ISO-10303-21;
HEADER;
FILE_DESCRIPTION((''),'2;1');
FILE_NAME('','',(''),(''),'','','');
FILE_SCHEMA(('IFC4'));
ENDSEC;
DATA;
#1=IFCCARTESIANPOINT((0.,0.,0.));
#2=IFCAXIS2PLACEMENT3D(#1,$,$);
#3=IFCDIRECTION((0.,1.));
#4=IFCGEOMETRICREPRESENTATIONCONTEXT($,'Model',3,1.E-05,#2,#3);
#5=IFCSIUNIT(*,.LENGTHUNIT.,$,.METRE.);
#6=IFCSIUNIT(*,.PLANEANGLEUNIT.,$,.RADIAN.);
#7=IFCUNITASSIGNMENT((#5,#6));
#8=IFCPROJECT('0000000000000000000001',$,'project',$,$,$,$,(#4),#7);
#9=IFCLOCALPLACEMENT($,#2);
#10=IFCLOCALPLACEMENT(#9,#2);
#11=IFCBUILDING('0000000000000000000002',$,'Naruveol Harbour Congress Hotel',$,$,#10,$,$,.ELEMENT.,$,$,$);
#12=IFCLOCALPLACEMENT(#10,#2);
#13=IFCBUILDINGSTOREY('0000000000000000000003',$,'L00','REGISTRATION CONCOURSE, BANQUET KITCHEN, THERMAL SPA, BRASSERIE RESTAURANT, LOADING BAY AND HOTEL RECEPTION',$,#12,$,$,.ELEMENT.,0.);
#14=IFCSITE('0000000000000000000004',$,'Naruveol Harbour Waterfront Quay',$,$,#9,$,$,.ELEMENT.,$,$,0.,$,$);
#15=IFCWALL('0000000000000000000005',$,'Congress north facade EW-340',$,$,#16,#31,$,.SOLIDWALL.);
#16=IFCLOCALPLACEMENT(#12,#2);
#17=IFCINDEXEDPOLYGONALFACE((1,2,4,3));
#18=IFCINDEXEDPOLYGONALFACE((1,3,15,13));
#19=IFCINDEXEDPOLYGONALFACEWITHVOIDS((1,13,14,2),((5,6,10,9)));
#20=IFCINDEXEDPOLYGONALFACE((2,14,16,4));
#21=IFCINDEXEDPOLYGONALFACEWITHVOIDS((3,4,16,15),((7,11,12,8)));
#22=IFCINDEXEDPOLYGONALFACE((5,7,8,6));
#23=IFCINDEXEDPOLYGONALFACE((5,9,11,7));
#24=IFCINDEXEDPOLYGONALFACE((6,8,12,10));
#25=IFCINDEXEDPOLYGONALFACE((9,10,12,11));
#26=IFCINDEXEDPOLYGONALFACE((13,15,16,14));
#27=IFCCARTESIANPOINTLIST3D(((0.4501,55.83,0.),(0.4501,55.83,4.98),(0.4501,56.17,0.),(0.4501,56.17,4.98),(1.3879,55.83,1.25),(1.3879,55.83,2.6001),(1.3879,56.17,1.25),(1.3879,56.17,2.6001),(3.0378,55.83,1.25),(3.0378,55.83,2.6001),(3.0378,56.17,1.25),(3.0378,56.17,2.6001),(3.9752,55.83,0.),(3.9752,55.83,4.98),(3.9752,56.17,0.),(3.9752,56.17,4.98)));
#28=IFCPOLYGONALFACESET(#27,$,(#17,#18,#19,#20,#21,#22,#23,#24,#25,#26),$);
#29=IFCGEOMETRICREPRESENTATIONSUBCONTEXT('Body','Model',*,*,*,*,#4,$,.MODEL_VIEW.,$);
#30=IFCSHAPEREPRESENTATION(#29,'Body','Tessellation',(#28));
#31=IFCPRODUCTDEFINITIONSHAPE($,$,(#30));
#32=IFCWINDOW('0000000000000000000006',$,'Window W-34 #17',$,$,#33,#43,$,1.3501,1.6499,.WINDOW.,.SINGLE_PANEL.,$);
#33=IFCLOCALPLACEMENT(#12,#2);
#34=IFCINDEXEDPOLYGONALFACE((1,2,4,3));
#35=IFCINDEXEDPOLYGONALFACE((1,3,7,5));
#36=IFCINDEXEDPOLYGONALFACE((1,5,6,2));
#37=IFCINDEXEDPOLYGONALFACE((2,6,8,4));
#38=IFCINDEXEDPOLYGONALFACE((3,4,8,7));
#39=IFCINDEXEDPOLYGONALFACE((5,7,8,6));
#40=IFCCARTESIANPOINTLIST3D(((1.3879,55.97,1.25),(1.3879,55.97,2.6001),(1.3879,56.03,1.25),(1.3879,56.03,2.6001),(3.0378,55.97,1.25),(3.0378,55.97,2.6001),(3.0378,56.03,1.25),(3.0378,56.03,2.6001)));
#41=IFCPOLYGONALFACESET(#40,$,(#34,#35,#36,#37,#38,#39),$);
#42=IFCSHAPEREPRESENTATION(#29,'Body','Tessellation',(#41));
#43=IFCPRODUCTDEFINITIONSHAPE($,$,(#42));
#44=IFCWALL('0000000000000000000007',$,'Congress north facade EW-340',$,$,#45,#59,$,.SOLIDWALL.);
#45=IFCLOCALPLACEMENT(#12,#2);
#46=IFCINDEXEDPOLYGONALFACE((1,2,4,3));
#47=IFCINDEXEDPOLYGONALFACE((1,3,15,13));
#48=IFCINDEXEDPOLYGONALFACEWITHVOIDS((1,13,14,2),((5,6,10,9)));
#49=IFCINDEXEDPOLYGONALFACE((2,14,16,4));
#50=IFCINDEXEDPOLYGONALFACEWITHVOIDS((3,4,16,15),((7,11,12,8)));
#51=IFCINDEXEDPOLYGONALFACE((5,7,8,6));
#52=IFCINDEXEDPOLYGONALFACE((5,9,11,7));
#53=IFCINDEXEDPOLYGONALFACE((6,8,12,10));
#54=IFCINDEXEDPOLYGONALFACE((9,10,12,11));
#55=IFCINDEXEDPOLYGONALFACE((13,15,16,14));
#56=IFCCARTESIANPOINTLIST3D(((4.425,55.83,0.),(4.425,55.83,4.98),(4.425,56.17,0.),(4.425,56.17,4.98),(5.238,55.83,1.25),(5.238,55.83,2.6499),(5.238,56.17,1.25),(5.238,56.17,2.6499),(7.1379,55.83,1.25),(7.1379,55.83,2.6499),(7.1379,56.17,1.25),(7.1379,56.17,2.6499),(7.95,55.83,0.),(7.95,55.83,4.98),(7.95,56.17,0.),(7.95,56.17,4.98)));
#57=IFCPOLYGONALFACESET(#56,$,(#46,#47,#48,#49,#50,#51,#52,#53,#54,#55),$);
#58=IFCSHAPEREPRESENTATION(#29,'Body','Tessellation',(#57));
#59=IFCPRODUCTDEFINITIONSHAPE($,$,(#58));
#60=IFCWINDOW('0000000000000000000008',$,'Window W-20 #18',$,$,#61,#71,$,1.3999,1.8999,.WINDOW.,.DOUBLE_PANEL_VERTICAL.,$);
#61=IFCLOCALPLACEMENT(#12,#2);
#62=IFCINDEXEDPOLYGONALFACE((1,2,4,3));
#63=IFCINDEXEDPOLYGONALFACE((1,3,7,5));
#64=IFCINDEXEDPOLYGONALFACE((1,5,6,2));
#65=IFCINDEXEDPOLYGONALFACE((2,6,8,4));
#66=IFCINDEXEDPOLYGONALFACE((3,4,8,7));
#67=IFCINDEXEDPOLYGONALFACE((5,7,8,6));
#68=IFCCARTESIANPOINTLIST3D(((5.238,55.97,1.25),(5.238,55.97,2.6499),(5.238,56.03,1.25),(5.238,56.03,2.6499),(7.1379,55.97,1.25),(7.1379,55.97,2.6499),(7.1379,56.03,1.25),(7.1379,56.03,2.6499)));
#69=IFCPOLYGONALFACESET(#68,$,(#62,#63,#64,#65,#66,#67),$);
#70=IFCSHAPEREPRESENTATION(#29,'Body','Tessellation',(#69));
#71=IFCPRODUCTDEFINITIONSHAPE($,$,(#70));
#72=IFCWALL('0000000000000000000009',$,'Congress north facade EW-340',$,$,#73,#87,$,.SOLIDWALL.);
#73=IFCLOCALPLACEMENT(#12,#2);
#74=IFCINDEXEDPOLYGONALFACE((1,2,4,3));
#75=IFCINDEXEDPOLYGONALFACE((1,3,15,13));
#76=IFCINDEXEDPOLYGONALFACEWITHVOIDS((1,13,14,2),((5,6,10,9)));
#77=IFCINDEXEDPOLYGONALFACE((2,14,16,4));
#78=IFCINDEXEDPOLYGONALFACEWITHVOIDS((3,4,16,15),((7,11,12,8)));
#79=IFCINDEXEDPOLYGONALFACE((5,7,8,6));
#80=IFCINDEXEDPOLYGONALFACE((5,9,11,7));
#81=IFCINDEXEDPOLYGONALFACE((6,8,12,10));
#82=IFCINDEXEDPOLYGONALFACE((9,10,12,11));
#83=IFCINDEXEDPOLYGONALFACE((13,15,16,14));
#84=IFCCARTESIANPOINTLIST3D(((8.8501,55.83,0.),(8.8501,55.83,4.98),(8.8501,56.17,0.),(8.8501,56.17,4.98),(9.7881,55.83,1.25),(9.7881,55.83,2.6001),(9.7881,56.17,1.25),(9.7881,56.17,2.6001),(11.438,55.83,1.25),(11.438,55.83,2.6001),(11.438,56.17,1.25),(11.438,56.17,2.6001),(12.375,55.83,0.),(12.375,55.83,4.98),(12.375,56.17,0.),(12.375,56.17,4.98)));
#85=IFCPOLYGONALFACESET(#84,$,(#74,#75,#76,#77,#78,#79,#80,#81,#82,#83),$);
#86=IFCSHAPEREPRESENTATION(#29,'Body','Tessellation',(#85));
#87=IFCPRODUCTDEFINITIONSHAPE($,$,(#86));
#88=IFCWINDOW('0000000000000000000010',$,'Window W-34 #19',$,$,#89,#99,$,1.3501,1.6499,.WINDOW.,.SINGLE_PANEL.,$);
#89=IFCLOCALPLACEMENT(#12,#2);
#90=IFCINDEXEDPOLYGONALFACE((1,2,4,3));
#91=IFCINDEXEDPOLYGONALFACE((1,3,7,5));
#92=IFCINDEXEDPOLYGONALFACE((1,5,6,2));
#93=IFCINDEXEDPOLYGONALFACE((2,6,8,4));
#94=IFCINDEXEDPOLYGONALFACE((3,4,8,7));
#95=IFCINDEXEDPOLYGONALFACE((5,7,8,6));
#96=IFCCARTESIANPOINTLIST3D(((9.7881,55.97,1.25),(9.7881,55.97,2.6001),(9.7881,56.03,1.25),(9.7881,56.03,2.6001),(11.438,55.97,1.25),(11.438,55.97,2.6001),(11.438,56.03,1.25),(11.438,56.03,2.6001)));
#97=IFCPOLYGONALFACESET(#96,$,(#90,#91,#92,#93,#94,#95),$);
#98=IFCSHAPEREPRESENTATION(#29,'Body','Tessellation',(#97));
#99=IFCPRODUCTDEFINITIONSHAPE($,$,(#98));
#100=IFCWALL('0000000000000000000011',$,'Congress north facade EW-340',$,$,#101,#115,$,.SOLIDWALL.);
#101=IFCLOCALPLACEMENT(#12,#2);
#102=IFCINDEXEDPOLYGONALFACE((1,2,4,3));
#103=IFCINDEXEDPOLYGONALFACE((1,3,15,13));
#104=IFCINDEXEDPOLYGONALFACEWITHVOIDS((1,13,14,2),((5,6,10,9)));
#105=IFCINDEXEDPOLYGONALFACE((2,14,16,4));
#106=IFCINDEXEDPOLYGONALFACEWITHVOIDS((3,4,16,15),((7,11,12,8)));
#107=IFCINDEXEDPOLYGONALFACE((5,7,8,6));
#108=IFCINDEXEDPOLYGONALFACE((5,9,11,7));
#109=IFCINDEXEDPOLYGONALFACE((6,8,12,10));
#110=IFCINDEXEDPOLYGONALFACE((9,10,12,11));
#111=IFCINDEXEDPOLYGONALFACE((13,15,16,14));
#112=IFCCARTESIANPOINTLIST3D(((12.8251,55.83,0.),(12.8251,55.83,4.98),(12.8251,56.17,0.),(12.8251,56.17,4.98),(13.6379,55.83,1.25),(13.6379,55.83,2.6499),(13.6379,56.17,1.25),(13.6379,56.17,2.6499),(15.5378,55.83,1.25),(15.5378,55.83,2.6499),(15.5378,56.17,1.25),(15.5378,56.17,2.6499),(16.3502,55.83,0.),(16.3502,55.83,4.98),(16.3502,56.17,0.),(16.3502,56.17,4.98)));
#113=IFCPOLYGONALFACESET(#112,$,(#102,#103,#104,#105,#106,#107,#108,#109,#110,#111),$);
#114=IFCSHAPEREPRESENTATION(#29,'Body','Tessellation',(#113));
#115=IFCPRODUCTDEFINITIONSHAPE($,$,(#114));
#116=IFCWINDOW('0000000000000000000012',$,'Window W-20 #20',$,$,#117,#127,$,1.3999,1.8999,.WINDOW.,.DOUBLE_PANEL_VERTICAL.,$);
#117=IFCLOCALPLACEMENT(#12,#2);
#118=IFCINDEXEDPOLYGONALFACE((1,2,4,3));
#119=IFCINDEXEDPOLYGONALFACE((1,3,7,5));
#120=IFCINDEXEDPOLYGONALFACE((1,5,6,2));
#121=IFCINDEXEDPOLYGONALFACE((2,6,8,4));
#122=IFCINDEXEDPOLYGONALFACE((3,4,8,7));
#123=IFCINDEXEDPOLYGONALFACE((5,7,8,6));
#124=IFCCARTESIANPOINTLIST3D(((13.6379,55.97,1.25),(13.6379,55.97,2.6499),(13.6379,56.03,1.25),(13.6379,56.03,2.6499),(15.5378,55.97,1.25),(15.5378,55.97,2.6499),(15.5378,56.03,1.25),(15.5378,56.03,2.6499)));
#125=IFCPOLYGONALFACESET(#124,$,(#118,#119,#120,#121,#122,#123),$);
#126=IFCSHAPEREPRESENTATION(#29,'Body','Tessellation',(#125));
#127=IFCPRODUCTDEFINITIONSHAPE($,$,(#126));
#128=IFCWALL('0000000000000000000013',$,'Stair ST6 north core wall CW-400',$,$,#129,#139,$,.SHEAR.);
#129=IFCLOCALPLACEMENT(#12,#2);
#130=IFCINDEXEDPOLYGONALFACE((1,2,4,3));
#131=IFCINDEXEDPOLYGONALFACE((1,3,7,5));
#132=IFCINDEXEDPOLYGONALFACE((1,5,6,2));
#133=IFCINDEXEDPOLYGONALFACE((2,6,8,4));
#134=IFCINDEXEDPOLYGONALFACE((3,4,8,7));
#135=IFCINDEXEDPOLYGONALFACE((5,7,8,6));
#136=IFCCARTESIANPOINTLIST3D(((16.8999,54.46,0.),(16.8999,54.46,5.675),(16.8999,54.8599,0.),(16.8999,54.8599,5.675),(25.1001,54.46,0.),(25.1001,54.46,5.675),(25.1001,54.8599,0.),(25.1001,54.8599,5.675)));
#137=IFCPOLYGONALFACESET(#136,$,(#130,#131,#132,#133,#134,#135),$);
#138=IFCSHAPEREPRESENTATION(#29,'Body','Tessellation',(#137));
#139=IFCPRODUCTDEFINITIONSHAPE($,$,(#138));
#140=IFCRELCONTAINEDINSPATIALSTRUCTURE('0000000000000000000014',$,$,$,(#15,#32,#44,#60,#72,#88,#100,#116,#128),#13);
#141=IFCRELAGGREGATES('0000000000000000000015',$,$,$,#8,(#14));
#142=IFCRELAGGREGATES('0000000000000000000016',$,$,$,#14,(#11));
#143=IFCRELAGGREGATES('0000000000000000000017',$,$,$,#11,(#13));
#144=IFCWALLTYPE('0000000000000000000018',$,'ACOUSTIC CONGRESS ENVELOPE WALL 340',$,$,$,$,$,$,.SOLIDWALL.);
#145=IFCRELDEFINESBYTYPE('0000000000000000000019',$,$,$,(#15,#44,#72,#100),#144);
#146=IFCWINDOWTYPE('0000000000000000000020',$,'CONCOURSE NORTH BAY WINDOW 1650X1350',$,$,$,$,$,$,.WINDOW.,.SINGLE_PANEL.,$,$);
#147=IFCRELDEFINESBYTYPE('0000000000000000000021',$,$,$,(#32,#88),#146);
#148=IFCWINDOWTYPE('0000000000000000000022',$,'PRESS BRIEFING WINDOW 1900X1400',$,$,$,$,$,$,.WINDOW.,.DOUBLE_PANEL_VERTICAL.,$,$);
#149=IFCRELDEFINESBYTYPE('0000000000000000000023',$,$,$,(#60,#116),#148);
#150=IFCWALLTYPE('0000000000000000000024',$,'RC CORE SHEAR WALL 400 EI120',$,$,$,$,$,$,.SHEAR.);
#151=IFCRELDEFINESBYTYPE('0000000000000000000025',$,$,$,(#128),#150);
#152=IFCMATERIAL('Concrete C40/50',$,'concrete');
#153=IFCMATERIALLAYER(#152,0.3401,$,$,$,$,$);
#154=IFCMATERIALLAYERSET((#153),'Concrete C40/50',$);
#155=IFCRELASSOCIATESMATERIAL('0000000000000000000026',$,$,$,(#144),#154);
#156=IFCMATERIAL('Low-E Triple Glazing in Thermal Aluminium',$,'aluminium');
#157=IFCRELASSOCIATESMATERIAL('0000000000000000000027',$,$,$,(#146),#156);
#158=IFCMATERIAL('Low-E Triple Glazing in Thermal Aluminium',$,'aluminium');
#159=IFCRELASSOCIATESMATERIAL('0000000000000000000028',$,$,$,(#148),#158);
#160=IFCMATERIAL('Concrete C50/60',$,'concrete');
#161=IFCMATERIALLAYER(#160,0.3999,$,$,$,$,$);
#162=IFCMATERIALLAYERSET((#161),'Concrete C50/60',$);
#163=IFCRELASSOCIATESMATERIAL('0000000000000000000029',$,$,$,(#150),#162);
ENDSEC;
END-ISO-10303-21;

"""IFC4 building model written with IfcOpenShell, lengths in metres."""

from ifc_helpers import new_model, si_unit, direction, frame, frame_2d, origin, place, context, subcontext, project, spatial, rectangle, extrude, material, layer, layer_set, type_object, element, fill, save


model = new_model("IFC4")

# Units and contexts
model_context = context("Model", 3, precision=1e-05, world=origin(), true_north=direction((0.0, 1.0)))
body_context = subcontext(model_context, "Body", "Model", "MODEL_VIEW")
ifc_project = project(units=[si_unit("LENGTHUNIT", "METRE"), si_unit("PLANEANGLEUNIT", "RADIAN")], contexts=[model_context])

# Site, building, storey
site_placement = place(None, origin())
site = spatial("IfcSite", under=ifc_project, at=site_placement, Name="Naruveol Harbour Waterfront Quay", CompositionType="ELEMENT", RefElevation=0.0)
building_placement = place(site_placement, origin())
building = spatial("IfcBuilding", under=site, at=building_placement, Name="Naruveol Harbour Congress Hotel", CompositionType="ELEMENT")
storey_placement = place(building_placement, origin())
storey = spatial("IfcBuildingStorey", under=building, at=storey_placement, Name="L00", Description="REGISTRATION CONCOURSE, BANQUET KITCHEN, THERMAL SPA, BRASSERIE RESTAURANT, LOADING BAY AND HOTEL RECEPTION", CompositionType="ELEMENT", Elevation=0.0)

# Walls, openings, windows
ifc_material_1 = material(Name="Concrete C40/50", Category="concrete")
ifc_layer_1 = layer(ifc_material_1, 0.3401)
ifc_layer_set_1 = layer_set([ifc_layer_1], Name="Concrete C40/50")
wall_type_1 = type_object("IfcWallType", Name="ACOUSTIC CONGRESS ENVELOPE WALL 340", PredefinedType="SOLIDWALL", material=ifc_layer_set_1)
wall_1_placement = place(storey_placement, frame((0.45, 56.0, 0.0), z_axis=(0.0, 0.0, 1.0), x_axis=(1.0, 0.0, 0.0)))
wall_1 = element("IfcWall", 1, at=wall_1_placement, inside=storey, type_object=wall_type_1, Name="Congress north facade EW-340", PredefinedType="SOLIDWALL", context=body_context, shape_type="SweptSolid", body=[
    extrude(rectangle(XDim=3.5251, YDim=0.3401, at=frame_2d((1.7627, 0.0))), origin(), (0.0, 0.0, 1.0), 4.98),
])
opening_1_placement = place(wall_1_placement, frame((0.938, 0.0, 1.25)))
opening_1 = element("IfcOpeningElement", 2, at=opening_1_placement, cuts=wall_1, PredefinedType="OPENING", context=body_context, shape_type="SweptSolid", body=[
    extrude(rectangle(XDim=1.6499, YDim=1.3501, at=frame_2d((0.825, 0.675))), frame((0.0, 0.1799, 0.0), z_axis=(0.0, -1.0, 0.0), x_axis=(1.0, 0.0, 0.0)), (0.0, 0.0, 1.0), 0.3601),
])
ifc_material_2 = material(Name="Low-E Triple Glazing in Thermal Aluminium", Category="aluminium")
window_type_1 = type_object("IfcWindowType", Name="CONCOURSE NORTH BAY WINDOW 1650X1350", PartitioningType="SINGLE_PANEL", PredefinedType="WINDOW", material=ifc_material_2)
window_1_placement = place(opening_1_placement, origin())
window_1 = element("IfcWindow", 3, at=window_1_placement, inside=storey, type_object=window_type_1, Name="Window W-34 #17", OverallHeight=1.3501, OverallWidth=1.6499, PartitioningType="SINGLE_PANEL", PredefinedType="WINDOW", context=body_context, shape_type="SweptSolid", body=[
    extrude(rectangle(XDim=1.6499, YDim=1.3501, at=frame_2d((0.825, 0.675))), frame((0.0, 0.03, 0.0), z_axis=(0.0, -1.0, 0.0), x_axis=(1.0, 0.0, 0.0)), (0.0, 0.0, 1.0), 0.0601),
])
fill(opening_1, window_1)
wall_2_placement = place(storey_placement, frame((4.425, 56.0, 0.0), z_axis=(0.0, 0.0, 1.0), x_axis=(1.0, 0.0, 0.0)))
wall_2 = element("IfcWall", 4, at=wall_2_placement, inside=storey, type_object=wall_type_1, Name="Congress north facade EW-340", PredefinedType="SOLIDWALL", context=body_context, shape_type="SweptSolid", body=[
    extrude(rectangle(XDim=3.5249, YDim=0.3401, at=frame_2d((1.7625, 0.0))), origin(), (0.0, 0.0, 1.0), 4.98),
])
opening_2_placement = place(wall_2_placement, frame((0.813, 0.0, 1.25)))
opening_2 = element("IfcOpeningElement", 5, at=opening_2_placement, cuts=wall_2, PredefinedType="OPENING", context=body_context, shape_type="SweptSolid", body=[
    extrude(rectangle(XDim=1.8999, YDim=1.3999, at=frame_2d((0.95, 0.7))), frame((0.0, 0.1799, 0.0), z_axis=(0.0, -1.0, 0.0), x_axis=(1.0, 0.0, 0.0)), (0.0, 0.0, 1.0), 0.3601),
])
ifc_material_3 = material(Name="Low-E Triple Glazing in Thermal Aluminium", Category="aluminium")
window_type_2 = type_object("IfcWindowType", Name="PRESS BRIEFING WINDOW 1900X1400", PartitioningType="DOUBLE_PANEL_VERTICAL", PredefinedType="WINDOW", material=ifc_material_3)
window_2_placement = place(opening_2_placement, origin())
window_2 = element("IfcWindow", 6, at=window_2_placement, inside=storey, type_object=window_type_2, Name="Window W-20 #18", OverallHeight=1.3999, OverallWidth=1.8999, PartitioningType="DOUBLE_PANEL_VERTICAL", PredefinedType="WINDOW", context=body_context, shape_type="SweptSolid", body=[
    extrude(rectangle(XDim=1.8999, YDim=1.3999, at=frame_2d((0.95, 0.7))), frame((0.0, 0.03, 0.0), z_axis=(0.0, -1.0, 0.0), x_axis=(1.0, 0.0, 0.0)), (0.0, 0.0, 1.0), 0.0601),
])
fill(opening_2, window_2)
wall_3_placement = place(storey_placement, frame((8.8501, 56.0, 0.0), z_axis=(0.0, 0.0, 1.0), x_axis=(1.0, 0.0, 0.0)))
wall_3 = element("IfcWall", 7, at=wall_3_placement, inside=storey, type_object=wall_type_1, Name="Congress north facade EW-340", PredefinedType="SOLIDWALL", context=body_context, shape_type="SweptSolid", body=[
    extrude(rectangle(XDim=3.5249, YDim=0.3401, at=frame_2d((1.7625, 0.0))), origin(), (0.0, 0.0, 1.0), 4.98),
])
opening_3_placement = place(wall_3_placement, frame((0.938, 0.0, 1.25)))
opening_3 = element("IfcOpeningElement", 8, at=opening_3_placement, cuts=wall_3, PredefinedType="OPENING", context=body_context, shape_type="SweptSolid", body=[
    extrude(rectangle(XDim=1.6499, YDim=1.3501, at=frame_2d((0.825, 0.675))), frame((0.0, 0.1799, 0.0), z_axis=(0.0, -1.0, 0.0), x_axis=(1.0, 0.0, 0.0)), (0.0, 0.0, 1.0), 0.3601),
])
window_3_placement = place(opening_3_placement, origin())
window_3 = element("IfcWindow", 9, at=window_3_placement, inside=storey, type_object=window_type_1, Name="Window W-34 #19", OverallHeight=1.3501, OverallWidth=1.6499, PartitioningType="SINGLE_PANEL", PredefinedType="WINDOW", context=body_context, shape_type="SweptSolid", body=[
    extrude(rectangle(XDim=1.6499, YDim=1.3501, at=frame_2d((0.825, 0.675))), frame((0.0, 0.03, 0.0), z_axis=(0.0, -1.0, 0.0), x_axis=(1.0, 0.0, 0.0)), (0.0, 0.0, 1.0), 0.0601),
])
fill(opening_3, window_3)
wall_4_placement = place(storey_placement, frame((12.825, 56.0, 0.0), z_axis=(0.0, 0.0, 1.0), x_axis=(1.0, 0.0, 0.0)))
wall_4 = element("IfcWall", 10, at=wall_4_placement, inside=storey, type_object=wall_type_1, Name="Congress north facade EW-340", PredefinedType="SOLIDWALL", context=body_context, shape_type="SweptSolid", body=[
    extrude(rectangle(XDim=3.5251, YDim=0.3401, at=frame_2d((1.7627, 0.0))), origin(), (0.0, 0.0, 1.0), 4.98),
])
opening_4_placement = place(wall_4_placement, frame((0.813, 0.0, 1.25)))
opening_4 = element("IfcOpeningElement", 11, at=opening_4_placement, cuts=wall_4, PredefinedType="OPENING", context=body_context, shape_type="SweptSolid", body=[
    extrude(rectangle(XDim=1.8999, YDim=1.3999, at=frame_2d((0.95, 0.7))), frame((0.0, 0.1799, 0.0), z_axis=(0.0, -1.0, 0.0), x_axis=(1.0, 0.0, 0.0)), (0.0, 0.0, 1.0), 0.3601),
])
window_4_placement = place(opening_4_placement, origin())
window_4 = element("IfcWindow", 12, at=window_4_placement, inside=storey, type_object=window_type_2, Name="Window W-20 #20", OverallHeight=1.3999, OverallWidth=1.8999, PartitioningType="DOUBLE_PANEL_VERTICAL", PredefinedType="WINDOW", context=body_context, shape_type="SweptSolid", body=[
    extrude(rectangle(XDim=1.8999, YDim=1.3999, at=frame_2d((0.95, 0.7))), frame((0.0, 0.03, 0.0), z_axis=(0.0, -1.0, 0.0), x_axis=(1.0, 0.0, 0.0)), (0.0, 0.0, 1.0), 0.0601),
])
fill(opening_4, window_4)

# Wall
ifc_material_4 = material(Name="Concrete C50/60", Category="concrete")
ifc_layer_2 = layer(ifc_material_4, 0.3999)
ifc_layer_set_2 = layer_set([ifc_layer_2], Name="Concrete C50/60")
wall_type_2 = type_object("IfcWallType", Name="RC CORE SHEAR WALL 400 EI120", PredefinedType="SHEAR", material=ifc_layer_set_2)
wall_5_placement = place(storey_placement, frame((16.8999, 54.6599, 0.0), z_axis=(0.0, 0.0, 1.0), x_axis=(1.0, 0.0, 0.0)))
element("IfcWall", 13, at=wall_5_placement, inside=storey, type_object=wall_type_2, Name="Stair ST6 north core wall CW-400", PredefinedType="SHEAR", context=body_context, shape_type="SweptSolid", body=[
    extrude(rectangle(XDim=8.2002, YDim=0.3999, at=frame_2d((4.1001, 0.0))), origin(), (0.0, 0.0, 1.0), 5.675),
])

save(model, "model.ifc")
